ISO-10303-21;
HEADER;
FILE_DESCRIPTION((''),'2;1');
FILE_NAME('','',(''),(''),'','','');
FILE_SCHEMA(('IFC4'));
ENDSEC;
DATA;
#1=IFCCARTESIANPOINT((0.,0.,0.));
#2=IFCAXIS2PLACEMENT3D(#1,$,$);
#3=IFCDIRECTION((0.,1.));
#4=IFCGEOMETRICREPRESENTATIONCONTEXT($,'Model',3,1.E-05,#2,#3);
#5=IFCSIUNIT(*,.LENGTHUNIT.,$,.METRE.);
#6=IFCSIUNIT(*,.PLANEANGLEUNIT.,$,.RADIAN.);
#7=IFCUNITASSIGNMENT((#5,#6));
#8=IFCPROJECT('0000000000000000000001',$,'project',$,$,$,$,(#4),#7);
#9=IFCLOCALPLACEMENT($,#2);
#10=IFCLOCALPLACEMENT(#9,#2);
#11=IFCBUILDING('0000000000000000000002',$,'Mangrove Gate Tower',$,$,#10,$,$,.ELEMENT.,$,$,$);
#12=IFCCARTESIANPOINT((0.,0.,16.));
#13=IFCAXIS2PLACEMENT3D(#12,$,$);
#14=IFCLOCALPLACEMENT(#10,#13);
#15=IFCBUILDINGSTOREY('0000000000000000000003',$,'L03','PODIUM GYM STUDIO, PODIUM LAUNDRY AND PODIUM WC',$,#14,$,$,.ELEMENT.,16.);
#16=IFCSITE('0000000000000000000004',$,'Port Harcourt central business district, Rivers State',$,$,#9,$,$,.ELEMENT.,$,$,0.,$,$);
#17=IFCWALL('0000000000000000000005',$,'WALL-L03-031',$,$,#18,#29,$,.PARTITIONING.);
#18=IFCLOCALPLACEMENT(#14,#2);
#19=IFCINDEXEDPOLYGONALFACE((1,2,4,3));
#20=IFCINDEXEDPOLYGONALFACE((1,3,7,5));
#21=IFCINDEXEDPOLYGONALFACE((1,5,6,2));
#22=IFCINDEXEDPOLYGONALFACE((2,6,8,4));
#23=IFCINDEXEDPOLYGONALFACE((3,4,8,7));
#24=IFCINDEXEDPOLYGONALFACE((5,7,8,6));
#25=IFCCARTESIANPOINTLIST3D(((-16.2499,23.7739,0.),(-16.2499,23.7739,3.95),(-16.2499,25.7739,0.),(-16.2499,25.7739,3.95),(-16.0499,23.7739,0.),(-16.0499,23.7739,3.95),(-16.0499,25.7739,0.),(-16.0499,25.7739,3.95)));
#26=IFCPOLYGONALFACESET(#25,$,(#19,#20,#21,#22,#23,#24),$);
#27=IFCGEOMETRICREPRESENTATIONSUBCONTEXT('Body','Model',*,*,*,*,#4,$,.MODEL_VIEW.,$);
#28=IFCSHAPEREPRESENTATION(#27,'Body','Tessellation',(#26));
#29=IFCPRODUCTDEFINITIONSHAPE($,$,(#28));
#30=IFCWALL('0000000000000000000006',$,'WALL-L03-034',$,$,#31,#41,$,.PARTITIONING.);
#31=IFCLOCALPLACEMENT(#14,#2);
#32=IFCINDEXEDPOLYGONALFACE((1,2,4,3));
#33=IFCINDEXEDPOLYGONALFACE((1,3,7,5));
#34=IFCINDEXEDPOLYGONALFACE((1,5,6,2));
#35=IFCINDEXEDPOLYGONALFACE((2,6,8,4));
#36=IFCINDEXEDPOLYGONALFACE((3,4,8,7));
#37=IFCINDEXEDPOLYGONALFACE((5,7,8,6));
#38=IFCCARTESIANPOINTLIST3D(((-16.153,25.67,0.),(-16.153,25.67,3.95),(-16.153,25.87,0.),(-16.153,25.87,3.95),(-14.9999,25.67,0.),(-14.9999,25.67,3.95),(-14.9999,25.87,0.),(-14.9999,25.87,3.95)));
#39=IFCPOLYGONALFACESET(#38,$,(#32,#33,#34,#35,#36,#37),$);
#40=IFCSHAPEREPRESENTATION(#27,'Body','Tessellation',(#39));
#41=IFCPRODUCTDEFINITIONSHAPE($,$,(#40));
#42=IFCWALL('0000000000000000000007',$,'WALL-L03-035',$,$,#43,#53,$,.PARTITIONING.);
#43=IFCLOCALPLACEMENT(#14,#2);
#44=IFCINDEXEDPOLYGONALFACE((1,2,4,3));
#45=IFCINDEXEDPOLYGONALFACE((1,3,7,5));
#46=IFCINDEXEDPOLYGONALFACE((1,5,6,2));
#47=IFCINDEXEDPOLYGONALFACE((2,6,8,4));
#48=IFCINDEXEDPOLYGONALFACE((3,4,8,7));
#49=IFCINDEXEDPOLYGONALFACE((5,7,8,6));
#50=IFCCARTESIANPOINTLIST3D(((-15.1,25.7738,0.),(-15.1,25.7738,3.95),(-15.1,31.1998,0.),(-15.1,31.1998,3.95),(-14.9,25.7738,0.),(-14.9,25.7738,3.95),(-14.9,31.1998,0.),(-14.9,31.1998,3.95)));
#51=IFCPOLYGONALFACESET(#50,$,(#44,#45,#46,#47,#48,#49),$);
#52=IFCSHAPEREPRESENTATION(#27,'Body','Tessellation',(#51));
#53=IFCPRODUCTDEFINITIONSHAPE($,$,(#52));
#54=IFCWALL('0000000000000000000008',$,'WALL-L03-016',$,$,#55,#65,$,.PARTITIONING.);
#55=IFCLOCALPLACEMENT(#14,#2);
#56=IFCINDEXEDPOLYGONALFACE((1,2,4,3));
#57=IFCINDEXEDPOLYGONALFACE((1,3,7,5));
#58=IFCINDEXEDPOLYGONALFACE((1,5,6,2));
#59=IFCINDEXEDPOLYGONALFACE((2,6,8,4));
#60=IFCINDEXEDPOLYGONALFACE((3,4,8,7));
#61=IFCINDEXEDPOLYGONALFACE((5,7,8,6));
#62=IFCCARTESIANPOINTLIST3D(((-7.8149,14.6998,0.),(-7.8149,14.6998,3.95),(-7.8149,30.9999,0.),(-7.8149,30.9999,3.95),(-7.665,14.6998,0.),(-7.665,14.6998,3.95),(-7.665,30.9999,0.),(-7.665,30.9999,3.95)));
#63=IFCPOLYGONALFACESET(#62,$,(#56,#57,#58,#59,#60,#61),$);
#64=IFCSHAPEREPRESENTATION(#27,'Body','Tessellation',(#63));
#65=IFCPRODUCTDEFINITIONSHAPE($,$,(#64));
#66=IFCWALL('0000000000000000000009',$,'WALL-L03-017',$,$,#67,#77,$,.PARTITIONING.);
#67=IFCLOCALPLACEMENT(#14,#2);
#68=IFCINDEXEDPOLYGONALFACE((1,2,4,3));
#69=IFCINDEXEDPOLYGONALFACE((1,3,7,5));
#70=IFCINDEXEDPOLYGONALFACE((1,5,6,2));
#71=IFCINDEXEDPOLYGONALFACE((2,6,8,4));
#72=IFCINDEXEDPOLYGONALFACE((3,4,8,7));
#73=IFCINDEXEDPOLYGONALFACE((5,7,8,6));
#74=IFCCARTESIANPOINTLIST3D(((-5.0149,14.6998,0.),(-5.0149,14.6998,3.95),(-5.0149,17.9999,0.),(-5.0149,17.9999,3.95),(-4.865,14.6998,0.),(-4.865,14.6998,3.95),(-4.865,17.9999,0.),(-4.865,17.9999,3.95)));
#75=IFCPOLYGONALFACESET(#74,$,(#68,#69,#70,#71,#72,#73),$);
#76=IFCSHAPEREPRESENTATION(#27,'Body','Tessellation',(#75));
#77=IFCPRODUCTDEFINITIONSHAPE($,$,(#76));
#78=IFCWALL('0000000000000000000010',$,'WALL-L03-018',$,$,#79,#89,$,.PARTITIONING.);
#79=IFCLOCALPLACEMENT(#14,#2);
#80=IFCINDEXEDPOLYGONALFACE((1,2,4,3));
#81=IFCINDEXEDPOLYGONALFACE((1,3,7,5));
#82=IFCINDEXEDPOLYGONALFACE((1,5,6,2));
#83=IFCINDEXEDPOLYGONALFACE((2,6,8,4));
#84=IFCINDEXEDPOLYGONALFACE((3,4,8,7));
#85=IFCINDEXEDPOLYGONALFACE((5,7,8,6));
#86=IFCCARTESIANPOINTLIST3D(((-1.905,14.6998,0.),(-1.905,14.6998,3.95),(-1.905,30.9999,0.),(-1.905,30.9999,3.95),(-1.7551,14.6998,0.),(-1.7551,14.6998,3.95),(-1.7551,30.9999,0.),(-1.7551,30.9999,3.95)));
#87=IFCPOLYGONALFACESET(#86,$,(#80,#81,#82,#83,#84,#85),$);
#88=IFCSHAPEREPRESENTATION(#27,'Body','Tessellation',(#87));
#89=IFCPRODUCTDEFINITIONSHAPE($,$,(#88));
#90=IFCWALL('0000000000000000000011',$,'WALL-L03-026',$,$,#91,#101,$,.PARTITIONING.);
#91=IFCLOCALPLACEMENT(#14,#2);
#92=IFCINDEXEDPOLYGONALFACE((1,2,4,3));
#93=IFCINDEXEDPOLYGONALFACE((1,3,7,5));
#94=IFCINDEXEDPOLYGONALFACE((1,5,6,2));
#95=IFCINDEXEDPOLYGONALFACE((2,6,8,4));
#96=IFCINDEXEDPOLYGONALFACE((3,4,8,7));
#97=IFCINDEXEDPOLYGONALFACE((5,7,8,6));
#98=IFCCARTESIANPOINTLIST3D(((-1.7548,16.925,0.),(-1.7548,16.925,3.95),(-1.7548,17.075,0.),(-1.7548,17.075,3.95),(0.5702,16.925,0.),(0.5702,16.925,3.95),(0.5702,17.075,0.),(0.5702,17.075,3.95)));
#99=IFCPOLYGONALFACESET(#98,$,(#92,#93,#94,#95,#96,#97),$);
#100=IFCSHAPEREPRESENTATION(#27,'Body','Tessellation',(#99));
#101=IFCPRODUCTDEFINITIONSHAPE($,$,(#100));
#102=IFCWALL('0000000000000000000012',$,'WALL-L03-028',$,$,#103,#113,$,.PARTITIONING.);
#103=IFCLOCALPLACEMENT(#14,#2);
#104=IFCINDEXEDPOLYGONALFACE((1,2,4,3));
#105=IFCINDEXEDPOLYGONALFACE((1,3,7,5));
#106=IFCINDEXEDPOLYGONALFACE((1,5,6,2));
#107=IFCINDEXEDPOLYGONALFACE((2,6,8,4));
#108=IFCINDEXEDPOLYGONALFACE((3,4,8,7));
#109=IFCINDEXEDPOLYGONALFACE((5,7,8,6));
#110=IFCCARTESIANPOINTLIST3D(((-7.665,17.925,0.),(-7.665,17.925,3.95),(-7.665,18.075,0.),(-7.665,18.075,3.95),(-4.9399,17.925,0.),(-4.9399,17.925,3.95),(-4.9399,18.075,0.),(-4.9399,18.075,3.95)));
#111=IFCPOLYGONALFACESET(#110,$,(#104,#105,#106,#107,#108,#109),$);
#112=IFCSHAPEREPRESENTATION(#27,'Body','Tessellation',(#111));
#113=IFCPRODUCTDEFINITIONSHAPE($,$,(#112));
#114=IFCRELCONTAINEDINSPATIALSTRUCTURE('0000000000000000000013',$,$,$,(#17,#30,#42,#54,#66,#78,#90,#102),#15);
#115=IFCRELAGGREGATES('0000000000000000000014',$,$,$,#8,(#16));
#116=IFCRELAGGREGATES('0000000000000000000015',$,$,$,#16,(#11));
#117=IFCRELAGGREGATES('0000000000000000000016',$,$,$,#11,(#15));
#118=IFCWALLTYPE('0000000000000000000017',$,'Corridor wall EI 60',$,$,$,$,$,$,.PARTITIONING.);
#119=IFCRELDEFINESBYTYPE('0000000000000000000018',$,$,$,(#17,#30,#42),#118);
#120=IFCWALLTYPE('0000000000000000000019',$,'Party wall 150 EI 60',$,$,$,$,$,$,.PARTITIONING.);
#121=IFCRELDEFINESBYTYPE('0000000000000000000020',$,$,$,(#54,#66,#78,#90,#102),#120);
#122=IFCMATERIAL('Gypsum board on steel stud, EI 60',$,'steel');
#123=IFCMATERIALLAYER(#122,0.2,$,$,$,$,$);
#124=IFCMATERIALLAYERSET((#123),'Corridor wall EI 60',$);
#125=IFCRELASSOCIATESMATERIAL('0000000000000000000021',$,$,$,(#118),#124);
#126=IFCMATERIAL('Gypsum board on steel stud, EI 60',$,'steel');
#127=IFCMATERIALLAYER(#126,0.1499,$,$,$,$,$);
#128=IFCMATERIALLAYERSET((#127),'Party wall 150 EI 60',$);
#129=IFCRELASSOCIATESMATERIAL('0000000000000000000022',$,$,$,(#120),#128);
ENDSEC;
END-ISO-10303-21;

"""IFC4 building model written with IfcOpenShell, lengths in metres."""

from ifc_helpers import new_model, si_unit, direction, frame, frame_2d, origin, place, context, subcontext, project, spatial, rectangle, extrude, material, layer, layer_set, type_object, element, save


model = new_model("IFC4")

# Units and contexts
model_context = context("Model", 3, precision=1e-05, world=origin(), true_north=direction((0.0, 1.0)))
body_context = subcontext(model_context, "Body", "Model", "MODEL_VIEW")
ifc_project = project(units=[si_unit("LENGTHUNIT", "METRE"), si_unit("PLANEANGLEUNIT", "RADIAN")], contexts=[model_context])

# Site, building, storey
site_placement = place(None, origin())
site = spatial("IfcSite", under=ifc_project, at=site_placement, Name="Port Harcourt central business district, Rivers State", CompositionType="ELEMENT", RefElevation=0.0)
building_placement = place(site_placement, origin())
building = spatial("IfcBuilding", under=site, at=building_placement, Name="Mangrove Gate Tower", CompositionType="ELEMENT")
storey_placement = place(building_placement, frame((0.0, 0.0, 16.0)))
storey = spatial("IfcBuildingStorey", under=building, at=storey_placement, Name="L03", Description="PODIUM GYM STUDIO, PODIUM LAUNDRY AND PODIUM WC", CompositionType="ELEMENT", Elevation=16.0)

# Shared definitions
ifc_material_1 = material(Name="Gypsum board on steel stud, EI 60", Category="steel")
ifc_layer_1 = layer(ifc_material_1, 0.2)
ifc_layer_set_1 = layer_set([ifc_layer_1], Name="Corridor wall EI 60")
wall_type_1 = type_object("IfcWallType", Name="Corridor wall EI 60", PredefinedType="PARTITIONING", material=ifc_layer_set_1)

# Walls
wall_1_placement = place(storey_placement, frame((-16.1499, 23.7739, 0.0), z_axis=(0.0, 0.0, 1.0), x_axis=(0.0, 1.0, 0.0)))
element("IfcWall", 1, at=wall_1_placement, inside=storey, type_object=wall_type_1, Name="WALL-L03-031", PredefinedType="PARTITIONING", context=body_context, shape_type="SweptSolid", body=[
    extrude(rectangle(XDim=2.0, YDim=0.2, at=frame_2d((1.0, 0.0))), origin(), (0.0, 0.0, 1.0), 3.95),
])
wall_2_placement = place(storey_placement, frame((-16.1531, 25.77, 0.0), z_axis=(0.0, 0.0, 1.0), x_axis=(1.0, 0.0, 0.0)))
element("IfcWall", 2, at=wall_2_placement, inside=storey, type_object=wall_type_1, Name="WALL-L03-034", PredefinedType="PARTITIONING", context=body_context, shape_type="SweptSolid", body=[
    extrude(rectangle(XDim=1.1531, YDim=0.2, at=frame_2d((0.5767, 0.0))), origin(), (0.0, 0.0, 1.0), 3.95),
])
wall_3_placement = place(storey_placement, frame((-15.0, 25.7739, 0.0), z_axis=(0.0, 0.0, 1.0), x_axis=(0.0, 1.0, 0.0)))
element("IfcWall", 3, at=wall_3_placement, inside=storey, type_object=wall_type_1, Name="WALL-L03-035", PredefinedType="PARTITIONING", context=body_context, shape_type="SweptSolid", body=[
    extrude(rectangle(XDim=5.426, YDim=0.2, at=frame_2d((2.7129, 0.0))), origin(), (0.0, 0.0, 1.0), 3.95),
])
ifc_material_2 = material(Name="Gypsum board on steel stud, EI 60", Category="steel")
ifc_layer_2 = layer(ifc_material_2, 0.1499)
ifc_layer_set_2 = layer_set([ifc_layer_2], Name="Party wall 150 EI 60")
wall_type_2 = type_object("IfcWallType", Name="Party wall 150 EI 60", PredefinedType="PARTITIONING", material=ifc_layer_set_2)
wall_4_placement = place(storey_placement, frame((-7.74, 14.7, 0.0), z_axis=(0.0, 0.0, 1.0), x_axis=(0.0, 1.0, 0.0)))
element("IfcWall", 4, at=wall_4_placement, inside=storey, type_object=wall_type_2, Name="WALL-L03-016", PredefinedType="PARTITIONING", context=body_context, shape_type="SweptSolid", body=[
    extrude(rectangle(XDim=16.3, YDim=0.1499, at=frame_2d((8.1499, 0.0))), origin(), (0.0, 0.0, 1.0), 3.95),
])
wall_5_placement = place(storey_placement, frame((-4.9399, 14.7, 0.0), z_axis=(0.0, 0.0, 1.0), x_axis=(0.0, 1.0, 0.0)))
element("IfcWall", 5, at=wall_5_placement, inside=storey, type_object=wall_type_2, Name="WALL-L03-017", PredefinedType="PARTITIONING", context=body_context, shape_type="SweptSolid", body=[
    extrude(rectangle(XDim=3.3, YDim=0.1499, at=frame_2d((1.6499, 0.0))), origin(), (0.0, 0.0, 1.0), 3.95),
])
wall_6_placement = place(storey_placement, frame((-1.8301, 14.7, 0.0), z_axis=(0.0, 0.0, 1.0), x_axis=(0.0, 1.0, 0.0)))
element("IfcWall", 6, at=wall_6_placement, inside=storey, type_object=wall_type_2, Name="WALL-L03-018", PredefinedType="PARTITIONING", context=body_context, shape_type="SweptSolid", body=[
    extrude(rectangle(XDim=16.3, YDim=0.1499, at=frame_2d((8.1499, 0.0))), origin(), (0.0, 0.0, 1.0), 3.95),
])
wall_7_placement = place(storey_placement, frame((-1.7549, 17.0, 0.0), z_axis=(0.0, 0.0, 1.0), x_axis=(1.0, 0.0, 0.0)))
element("IfcWall", 7, at=wall_7_placement, inside=storey, type_object=wall_type_2, Name="WALL-L03-026", PredefinedType="PARTITIONING", context=body_context, shape_type="SweptSolid", body=[
    extrude(rectangle(XDim=2.325, YDim=0.1499, at=frame_2d((1.1626, 0.0))), origin(), (0.0, 0.0, 1.0), 3.95),
])
wall_8_placement = place(storey_placement, frame((-7.665, 18.0, 0.0), z_axis=(0.0, 0.0, 1.0), x_axis=(1.0, 0.0, 0.0)))
element("IfcWall", 8, at=wall_8_placement, inside=storey, type_object=wall_type_2, Name="WALL-L03-028", PredefinedType="PARTITIONING", context=body_context, shape_type="SweptSolid", body=[
    extrude(rectangle(XDim=2.7251, YDim=0.1499, at=frame_2d((1.3625, 0.0))), origin(), (0.0, 0.0, 1.0), 3.95),
])

save(model, "model.ifc")
